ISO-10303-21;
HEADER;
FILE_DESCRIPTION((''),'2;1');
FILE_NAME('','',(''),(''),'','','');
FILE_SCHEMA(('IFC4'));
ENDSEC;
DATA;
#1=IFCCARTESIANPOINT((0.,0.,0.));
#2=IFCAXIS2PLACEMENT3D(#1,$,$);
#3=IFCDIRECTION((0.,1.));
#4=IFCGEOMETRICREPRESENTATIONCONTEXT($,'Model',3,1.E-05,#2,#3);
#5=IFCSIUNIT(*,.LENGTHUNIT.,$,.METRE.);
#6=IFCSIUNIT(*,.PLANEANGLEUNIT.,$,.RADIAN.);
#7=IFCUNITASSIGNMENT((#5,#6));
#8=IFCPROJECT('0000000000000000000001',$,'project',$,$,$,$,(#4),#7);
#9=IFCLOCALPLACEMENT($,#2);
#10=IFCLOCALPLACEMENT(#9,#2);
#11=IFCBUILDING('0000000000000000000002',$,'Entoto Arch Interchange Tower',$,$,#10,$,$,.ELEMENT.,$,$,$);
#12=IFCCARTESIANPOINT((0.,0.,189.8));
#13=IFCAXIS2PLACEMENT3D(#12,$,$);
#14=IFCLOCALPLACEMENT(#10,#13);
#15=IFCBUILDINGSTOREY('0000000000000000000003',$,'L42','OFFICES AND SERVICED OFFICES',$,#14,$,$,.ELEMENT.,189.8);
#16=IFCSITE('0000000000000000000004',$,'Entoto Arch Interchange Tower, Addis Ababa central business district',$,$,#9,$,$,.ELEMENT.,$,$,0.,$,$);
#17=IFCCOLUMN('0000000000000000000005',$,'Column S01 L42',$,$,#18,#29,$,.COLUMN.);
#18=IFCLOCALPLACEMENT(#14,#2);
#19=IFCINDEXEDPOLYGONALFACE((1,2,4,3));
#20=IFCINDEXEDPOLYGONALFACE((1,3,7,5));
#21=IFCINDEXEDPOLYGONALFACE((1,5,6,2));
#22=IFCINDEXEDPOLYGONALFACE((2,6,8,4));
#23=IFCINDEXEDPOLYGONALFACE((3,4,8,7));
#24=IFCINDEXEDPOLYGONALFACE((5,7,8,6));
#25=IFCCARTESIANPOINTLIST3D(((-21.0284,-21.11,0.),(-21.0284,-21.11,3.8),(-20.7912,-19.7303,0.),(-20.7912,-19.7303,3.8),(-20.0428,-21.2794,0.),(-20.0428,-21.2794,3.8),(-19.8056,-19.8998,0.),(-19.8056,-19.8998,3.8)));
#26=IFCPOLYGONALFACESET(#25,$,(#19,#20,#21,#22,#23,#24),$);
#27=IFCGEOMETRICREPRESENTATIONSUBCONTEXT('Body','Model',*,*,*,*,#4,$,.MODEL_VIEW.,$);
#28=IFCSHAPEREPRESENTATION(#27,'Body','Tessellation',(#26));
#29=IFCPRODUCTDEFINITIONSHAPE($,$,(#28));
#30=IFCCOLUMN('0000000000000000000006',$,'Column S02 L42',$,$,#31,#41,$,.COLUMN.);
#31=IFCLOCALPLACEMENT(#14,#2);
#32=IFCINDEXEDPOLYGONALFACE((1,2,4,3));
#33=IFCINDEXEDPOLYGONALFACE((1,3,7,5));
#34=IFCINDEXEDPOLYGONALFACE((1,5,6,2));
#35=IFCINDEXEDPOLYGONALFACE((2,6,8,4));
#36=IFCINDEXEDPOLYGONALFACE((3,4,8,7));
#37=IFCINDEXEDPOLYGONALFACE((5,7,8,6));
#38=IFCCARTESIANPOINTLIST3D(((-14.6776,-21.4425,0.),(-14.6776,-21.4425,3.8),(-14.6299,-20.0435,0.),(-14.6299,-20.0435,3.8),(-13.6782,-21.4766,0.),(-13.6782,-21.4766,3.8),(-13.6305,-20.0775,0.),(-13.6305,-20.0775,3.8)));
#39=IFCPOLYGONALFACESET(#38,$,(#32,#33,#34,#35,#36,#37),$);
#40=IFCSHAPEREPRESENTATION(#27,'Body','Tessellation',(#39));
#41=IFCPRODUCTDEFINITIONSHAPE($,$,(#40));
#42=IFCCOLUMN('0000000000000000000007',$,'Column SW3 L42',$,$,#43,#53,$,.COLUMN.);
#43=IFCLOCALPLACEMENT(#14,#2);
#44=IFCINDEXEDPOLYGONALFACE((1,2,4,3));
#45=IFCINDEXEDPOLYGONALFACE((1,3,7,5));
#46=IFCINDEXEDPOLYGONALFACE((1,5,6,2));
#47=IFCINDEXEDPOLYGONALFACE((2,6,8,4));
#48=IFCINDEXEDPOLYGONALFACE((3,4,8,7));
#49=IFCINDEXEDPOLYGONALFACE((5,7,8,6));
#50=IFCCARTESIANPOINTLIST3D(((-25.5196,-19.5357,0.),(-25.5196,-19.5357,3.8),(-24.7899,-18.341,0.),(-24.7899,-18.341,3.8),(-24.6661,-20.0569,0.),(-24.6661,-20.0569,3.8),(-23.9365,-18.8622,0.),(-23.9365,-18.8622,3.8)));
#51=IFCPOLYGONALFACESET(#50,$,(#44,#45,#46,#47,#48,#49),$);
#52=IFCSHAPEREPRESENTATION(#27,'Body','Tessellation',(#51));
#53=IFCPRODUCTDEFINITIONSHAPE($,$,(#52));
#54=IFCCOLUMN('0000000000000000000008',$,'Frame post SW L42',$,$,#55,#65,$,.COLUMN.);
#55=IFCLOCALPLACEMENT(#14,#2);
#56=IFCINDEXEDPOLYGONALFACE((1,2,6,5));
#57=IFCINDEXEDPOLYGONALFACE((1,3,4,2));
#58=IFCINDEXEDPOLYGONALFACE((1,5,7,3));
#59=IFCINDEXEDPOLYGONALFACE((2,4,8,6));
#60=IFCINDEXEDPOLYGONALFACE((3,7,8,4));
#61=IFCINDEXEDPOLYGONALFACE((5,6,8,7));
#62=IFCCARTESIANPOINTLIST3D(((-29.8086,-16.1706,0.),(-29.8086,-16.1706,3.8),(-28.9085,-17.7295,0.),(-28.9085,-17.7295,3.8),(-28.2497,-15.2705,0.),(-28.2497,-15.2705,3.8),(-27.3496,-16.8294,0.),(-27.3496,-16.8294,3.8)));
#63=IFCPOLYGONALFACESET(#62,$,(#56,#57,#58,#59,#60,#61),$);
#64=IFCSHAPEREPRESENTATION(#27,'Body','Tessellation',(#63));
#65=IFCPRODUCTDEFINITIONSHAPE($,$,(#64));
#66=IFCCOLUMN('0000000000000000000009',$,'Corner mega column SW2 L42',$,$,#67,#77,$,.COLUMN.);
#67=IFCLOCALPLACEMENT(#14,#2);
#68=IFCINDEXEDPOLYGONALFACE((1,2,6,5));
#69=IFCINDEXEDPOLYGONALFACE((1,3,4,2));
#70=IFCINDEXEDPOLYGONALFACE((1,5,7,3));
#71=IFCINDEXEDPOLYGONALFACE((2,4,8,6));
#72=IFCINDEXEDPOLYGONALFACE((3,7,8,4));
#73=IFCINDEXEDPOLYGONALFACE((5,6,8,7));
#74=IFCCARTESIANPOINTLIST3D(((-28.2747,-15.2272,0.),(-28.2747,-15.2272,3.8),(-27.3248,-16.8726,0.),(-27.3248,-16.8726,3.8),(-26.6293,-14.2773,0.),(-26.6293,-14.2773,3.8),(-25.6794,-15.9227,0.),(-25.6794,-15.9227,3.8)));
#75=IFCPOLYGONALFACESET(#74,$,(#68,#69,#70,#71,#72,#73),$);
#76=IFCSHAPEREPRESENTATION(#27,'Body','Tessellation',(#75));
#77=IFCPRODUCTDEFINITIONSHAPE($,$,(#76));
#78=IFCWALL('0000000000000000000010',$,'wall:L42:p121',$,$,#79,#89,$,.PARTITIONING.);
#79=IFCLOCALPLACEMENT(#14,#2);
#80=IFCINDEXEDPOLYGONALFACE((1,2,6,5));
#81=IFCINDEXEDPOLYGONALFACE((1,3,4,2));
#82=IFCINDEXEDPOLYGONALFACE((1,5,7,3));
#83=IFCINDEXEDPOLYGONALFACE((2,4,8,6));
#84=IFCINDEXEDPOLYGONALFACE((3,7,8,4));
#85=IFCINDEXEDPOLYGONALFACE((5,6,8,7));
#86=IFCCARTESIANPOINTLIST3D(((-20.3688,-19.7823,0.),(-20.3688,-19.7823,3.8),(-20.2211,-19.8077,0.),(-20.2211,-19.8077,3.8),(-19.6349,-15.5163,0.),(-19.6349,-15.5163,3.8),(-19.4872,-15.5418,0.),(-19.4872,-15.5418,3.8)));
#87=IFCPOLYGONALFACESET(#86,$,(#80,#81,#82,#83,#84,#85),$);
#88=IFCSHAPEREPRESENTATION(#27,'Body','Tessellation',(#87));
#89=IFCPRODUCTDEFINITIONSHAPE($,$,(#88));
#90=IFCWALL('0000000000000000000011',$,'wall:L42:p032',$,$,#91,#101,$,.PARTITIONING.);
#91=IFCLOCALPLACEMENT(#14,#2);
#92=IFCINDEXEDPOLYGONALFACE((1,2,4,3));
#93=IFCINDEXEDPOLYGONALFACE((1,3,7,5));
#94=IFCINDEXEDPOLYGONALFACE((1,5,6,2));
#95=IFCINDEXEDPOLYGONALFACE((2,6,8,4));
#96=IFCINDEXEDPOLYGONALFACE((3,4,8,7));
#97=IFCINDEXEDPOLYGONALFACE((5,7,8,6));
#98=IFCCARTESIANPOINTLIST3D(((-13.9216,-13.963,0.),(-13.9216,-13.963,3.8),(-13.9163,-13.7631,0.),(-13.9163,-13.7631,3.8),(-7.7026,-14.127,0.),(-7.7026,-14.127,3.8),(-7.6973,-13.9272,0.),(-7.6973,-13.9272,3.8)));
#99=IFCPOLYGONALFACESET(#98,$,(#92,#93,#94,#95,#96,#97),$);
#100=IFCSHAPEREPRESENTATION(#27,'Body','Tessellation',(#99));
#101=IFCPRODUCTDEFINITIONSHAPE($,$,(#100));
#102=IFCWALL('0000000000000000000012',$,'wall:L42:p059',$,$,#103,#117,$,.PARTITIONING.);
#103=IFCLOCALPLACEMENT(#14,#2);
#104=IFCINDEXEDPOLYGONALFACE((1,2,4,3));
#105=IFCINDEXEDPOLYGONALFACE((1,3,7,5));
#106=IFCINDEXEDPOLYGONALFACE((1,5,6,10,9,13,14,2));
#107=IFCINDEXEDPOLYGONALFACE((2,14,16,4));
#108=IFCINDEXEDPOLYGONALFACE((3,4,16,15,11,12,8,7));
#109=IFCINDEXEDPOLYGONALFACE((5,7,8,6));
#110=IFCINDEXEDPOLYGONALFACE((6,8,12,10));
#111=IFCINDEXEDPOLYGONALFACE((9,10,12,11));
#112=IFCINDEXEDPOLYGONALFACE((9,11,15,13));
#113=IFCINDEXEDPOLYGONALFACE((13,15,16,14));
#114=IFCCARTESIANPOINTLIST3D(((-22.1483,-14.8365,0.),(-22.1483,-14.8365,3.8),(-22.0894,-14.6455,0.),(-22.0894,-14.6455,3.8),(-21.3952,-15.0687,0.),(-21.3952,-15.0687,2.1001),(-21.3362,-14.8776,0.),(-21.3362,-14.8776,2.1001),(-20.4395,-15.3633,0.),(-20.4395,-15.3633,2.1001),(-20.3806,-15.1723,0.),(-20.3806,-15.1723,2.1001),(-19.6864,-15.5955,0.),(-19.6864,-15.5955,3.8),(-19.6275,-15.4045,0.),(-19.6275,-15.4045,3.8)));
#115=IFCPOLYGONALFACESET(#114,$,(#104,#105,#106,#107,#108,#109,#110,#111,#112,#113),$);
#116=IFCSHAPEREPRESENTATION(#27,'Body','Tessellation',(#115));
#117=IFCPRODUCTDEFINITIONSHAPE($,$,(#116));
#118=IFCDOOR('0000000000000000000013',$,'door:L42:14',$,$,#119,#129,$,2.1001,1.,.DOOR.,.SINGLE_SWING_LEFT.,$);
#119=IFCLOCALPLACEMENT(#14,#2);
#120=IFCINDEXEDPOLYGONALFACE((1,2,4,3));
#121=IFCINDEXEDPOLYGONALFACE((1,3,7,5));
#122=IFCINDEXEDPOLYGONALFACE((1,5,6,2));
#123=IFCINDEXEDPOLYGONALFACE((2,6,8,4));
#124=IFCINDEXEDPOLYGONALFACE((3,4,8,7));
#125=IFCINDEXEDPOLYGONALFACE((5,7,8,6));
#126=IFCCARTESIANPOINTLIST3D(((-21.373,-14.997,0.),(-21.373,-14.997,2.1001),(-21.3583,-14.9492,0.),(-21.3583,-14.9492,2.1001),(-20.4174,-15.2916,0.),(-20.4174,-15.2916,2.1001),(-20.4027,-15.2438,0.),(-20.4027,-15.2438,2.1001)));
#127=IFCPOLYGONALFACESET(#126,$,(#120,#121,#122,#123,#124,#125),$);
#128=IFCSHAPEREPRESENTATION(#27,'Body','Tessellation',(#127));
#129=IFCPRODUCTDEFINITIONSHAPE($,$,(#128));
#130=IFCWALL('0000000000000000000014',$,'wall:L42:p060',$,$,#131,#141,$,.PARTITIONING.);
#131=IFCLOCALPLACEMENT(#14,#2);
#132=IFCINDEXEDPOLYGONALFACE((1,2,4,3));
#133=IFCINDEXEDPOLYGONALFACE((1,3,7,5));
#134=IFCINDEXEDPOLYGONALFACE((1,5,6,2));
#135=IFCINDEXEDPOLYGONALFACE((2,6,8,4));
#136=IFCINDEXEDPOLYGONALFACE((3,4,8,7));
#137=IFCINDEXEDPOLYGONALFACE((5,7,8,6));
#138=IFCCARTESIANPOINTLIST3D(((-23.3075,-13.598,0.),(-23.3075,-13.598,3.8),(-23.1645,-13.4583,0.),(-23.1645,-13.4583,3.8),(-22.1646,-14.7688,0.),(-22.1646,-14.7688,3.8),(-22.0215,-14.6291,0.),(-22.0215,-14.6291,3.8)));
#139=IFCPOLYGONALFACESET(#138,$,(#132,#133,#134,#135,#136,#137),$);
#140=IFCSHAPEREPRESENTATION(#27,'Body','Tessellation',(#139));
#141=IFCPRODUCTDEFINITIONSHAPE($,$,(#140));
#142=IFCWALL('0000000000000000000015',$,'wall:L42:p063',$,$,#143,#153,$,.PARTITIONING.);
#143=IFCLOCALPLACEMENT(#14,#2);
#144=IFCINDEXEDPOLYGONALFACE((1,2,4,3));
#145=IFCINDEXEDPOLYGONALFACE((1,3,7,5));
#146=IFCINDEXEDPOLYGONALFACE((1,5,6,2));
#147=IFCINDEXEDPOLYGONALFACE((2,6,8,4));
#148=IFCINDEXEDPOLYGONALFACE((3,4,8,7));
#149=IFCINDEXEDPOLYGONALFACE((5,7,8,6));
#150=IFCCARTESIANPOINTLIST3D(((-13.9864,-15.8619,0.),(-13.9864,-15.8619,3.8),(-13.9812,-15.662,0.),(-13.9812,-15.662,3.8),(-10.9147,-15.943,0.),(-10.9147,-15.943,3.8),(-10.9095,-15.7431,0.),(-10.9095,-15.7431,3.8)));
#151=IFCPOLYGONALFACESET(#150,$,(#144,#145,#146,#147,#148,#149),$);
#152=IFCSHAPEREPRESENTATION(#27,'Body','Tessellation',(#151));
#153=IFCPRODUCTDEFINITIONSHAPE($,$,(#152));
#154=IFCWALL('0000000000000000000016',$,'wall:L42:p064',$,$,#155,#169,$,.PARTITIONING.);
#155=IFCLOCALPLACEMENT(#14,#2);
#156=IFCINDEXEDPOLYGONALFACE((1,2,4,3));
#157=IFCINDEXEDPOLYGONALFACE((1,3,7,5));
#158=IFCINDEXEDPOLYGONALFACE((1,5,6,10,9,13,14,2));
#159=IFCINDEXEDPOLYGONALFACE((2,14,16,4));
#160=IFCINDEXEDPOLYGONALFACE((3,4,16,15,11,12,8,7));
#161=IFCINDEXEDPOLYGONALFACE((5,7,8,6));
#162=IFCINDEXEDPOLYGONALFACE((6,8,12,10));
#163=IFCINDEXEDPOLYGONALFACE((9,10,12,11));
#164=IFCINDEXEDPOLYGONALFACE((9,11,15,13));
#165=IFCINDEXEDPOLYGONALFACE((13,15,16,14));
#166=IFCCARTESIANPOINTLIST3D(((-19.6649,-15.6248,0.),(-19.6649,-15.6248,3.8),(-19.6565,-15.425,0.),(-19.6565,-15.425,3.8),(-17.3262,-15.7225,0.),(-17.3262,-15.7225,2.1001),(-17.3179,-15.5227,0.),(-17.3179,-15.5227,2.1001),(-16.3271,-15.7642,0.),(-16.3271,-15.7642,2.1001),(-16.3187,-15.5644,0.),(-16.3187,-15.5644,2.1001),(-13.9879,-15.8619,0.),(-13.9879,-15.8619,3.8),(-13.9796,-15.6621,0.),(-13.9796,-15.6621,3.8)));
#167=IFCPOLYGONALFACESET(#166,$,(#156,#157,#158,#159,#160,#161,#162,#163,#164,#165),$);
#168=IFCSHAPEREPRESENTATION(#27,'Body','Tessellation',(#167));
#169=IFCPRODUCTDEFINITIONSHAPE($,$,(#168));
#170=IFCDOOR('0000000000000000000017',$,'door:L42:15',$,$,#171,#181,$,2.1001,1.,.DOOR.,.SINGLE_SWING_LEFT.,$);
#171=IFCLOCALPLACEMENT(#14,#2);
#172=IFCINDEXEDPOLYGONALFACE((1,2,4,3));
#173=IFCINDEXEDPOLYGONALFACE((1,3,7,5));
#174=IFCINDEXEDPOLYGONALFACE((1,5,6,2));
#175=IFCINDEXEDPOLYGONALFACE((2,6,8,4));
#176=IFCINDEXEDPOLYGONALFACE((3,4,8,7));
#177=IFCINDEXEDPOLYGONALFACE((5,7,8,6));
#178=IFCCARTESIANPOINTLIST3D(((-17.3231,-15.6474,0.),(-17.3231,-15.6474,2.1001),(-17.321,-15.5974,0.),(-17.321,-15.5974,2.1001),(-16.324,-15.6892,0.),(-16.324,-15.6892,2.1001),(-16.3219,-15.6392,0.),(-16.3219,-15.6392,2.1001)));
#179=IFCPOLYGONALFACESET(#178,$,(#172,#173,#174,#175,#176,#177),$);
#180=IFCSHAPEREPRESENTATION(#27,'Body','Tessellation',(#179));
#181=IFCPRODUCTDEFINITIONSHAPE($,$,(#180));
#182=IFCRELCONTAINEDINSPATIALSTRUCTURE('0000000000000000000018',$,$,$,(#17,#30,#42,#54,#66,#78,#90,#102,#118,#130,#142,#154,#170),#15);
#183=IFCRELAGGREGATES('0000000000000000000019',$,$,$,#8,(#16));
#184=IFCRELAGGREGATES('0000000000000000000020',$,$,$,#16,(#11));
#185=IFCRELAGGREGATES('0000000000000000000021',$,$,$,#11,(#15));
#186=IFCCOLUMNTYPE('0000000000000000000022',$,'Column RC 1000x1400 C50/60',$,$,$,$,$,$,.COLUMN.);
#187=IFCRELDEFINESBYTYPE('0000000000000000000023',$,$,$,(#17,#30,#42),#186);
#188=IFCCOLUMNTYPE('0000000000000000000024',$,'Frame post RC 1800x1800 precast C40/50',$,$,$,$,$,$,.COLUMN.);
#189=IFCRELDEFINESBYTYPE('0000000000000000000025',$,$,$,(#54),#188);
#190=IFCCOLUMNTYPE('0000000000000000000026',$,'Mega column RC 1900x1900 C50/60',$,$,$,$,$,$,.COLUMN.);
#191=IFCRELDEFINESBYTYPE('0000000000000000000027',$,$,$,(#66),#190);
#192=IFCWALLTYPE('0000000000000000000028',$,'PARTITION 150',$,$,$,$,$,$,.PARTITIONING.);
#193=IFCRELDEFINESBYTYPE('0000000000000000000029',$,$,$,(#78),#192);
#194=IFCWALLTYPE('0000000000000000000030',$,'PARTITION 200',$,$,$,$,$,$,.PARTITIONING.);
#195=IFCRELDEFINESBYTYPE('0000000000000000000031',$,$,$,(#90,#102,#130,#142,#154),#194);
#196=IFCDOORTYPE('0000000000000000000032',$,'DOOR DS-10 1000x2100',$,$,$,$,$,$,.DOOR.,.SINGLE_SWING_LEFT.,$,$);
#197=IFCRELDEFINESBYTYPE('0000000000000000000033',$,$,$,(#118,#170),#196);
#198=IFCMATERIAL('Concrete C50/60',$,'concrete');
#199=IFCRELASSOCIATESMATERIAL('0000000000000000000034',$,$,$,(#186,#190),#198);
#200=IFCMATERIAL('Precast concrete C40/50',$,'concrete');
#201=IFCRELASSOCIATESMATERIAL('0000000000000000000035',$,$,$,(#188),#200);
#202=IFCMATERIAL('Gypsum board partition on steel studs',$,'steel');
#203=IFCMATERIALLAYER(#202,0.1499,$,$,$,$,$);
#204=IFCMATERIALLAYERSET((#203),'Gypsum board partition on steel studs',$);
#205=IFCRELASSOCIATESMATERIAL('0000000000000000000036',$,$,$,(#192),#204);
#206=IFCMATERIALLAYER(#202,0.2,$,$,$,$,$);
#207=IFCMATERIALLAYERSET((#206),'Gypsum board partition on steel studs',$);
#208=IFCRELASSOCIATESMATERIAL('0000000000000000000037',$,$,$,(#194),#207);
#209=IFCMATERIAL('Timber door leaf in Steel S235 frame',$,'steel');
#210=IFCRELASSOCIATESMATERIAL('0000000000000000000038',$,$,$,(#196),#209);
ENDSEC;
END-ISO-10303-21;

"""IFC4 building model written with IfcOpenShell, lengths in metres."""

from ifc_helpers import new_model, si_unit, direction, frame, frame_2d, origin, origin_2d, place, context, subcontext, project, spatial, rectangle, extrude, material, layer, layer_set, material_profile, profile_set, type_object, element, fill, save


model = new_model("IFC4")

# Units and contexts
model_context = context("Model", 3, precision=1e-05, world=origin(), true_north=direction((0.0, 1.0)))
body_context = subcontext(model_context, "Body", "Model", "MODEL_VIEW")
ifc_project = project(units=[si_unit("LENGTHUNIT", "METRE"), si_unit("PLANEANGLEUNIT", "RADIAN")], contexts=[model_context])

# Site, building, storey
site_placement = place(None, origin())
site = spatial("IfcSite", under=ifc_project, at=site_placement, Name="Entoto Arch Interchange Tower, Addis Ababa central business district", CompositionType="ELEMENT", RefElevation=0.0)
building_placement = place(site_placement, origin())
building = spatial("IfcBuilding", under=site, at=building_placement, Name="Entoto Arch Interchange Tower", CompositionType="ELEMENT")
storey_placement = place(building_placement, frame((0.0, 0.0, 189.8)))
storey = spatial("IfcBuildingStorey", under=building, at=storey_placement, Name="L42", Description="OFFICES AND SERVICED OFFICES", CompositionType="ELEMENT", Elevation=189.8)

# Columns
ifc_material_1 = material(Name="Concrete C50/60", Category="concrete")
ifc_material_profile_1 = material_profile(ifc_material_1, rectangle(XDim=1.0, YDim=1.3999, at=origin_2d()))
ifc_profile_set_1 = profile_set([ifc_material_profile_1], Name="Concrete C50/60")
column_type_1 = type_object("IfcColumnType", Name="Column RC 1000x1400 C50/60", PredefinedType="COLUMN", material=ifc_profile_set_1)
for number, where, z_axis, x_axis, name in (
    (1, (-20.417, -20.5049, 0.0), (0.0, 0.0, 1.0), (-0.985541, 0.169436, 0.0), "Column S01 L42"),
    (2, (-14.1541, -20.76, 0.0), (0.0, 0.0, 1.0), (-0.999421, 0.034027, 0.0), "Column S02 L42"),
    (3, (-24.728, -19.199, 0.0), (0.0, 0.0, 1.0), (-0.853423, 0.521218, 0.0), "Column SW3 L42"),
):
    element("IfcColumn", number, at=place(storey_placement, frame(where, z_axis=z_axis, x_axis=x_axis)), inside=storey, type_object=column_type_1, Name=name, PredefinedType="COLUMN", context=body_context, shape_type="SweptSolid", body=[
        extrude(rectangle(XDim=1.0, YDim=1.3999, at=origin_2d()), origin(), (0.0, 0.0, 1.0), 3.8),
    ])
ifc_material_2 = material(Name="Precast concrete C40/50", Category="concrete")
ifc_material_profile_2 = material_profile(ifc_material_2, rectangle(XDim=1.8, YDim=1.8, at=origin_2d()))
ifc_profile_set_2 = profile_set([ifc_material_profile_2], Name="Precast concrete C40/50")
column_type_2 = type_object("IfcColumnType", Name="Frame post RC 1800x1800 precast C40/50", PredefinedType="COLUMN", material=ifc_profile_set_2)
column_1_placement = place(storey_placement, frame((-28.5791, -16.5, 0.0), z_axis=(0.0, 0.0, 1.0), x_axis=(0.866025, 0.5, 0.0)))
element("IfcColumn", 4, at=column_1_placement, inside=storey, type_object=column_type_2, Name="Frame post SW L42", PredefinedType="COLUMN", context=body_context, shape_type="SweptSolid", body=[
    extrude(rectangle(XDim=1.8, YDim=1.8, at=origin_2d()), origin(), (0.0, 0.0, 1.0), 3.8),
])
ifc_material_profile_3 = material_profile(ifc_material_1, rectangle(XDim=1.8999, YDim=1.8999, at=origin_2d()))
ifc_profile_set_3 = profile_set([ifc_material_profile_3], Name="Concrete C50/60")
column_type_3 = type_object("IfcColumnType", Name="Mega column RC 1900x1900 C50/60", PredefinedType="COLUMN", material=ifc_profile_set_3)
column_2_placement = place(storey_placement, frame((-26.9771, -15.575, 0.0), z_axis=(0.0, 0.0, 1.0), x_axis=(0.866025, 0.5, 0.0)))
element("IfcColumn", 5, at=column_2_placement, inside=storey, type_object=column_type_3, Name="Corner mega column SW2 L42", PredefinedType="COLUMN", context=body_context, shape_type="SweptSolid", body=[
    extrude(rectangle(XDim=1.8999, YDim=1.8999, at=origin_2d()), origin(), (0.0, 0.0, 1.0), 3.8),
])

# Walls
ifc_material_3 = material(Name="Gypsum board partition on steel studs", Category="steel")
ifc_layer_1 = layer(ifc_material_3, 0.1499)
ifc_layer_set_1 = layer_set([ifc_layer_1], Name="Gypsum board partition on steel studs")
wall_type_1 = type_object("IfcWallType", Name="PARTITION 150", PredefinedType="PARTITIONING", material=ifc_layer_set_1)
wall_1_placement = place(storey_placement, frame((-19.561, -15.5291, 0.0), z_axis=(0.0, 0.0, 1.0), x_axis=(-0.169546, -0.985522, 0.0)))
element("IfcWall", 6, at=wall_1_placement, inside=storey, type_object=wall_type_1, Name="wall:L42:p121", PredefinedType="PARTITIONING", context=body_context, shape_type="SweptSolid", body=[
    extrude(rectangle(XDim=4.3286, YDim=0.1499, at=frame_2d((2.1643, 0.0))), origin(), (0.0, 0.0, 1.0), 3.8),
])
ifc_layer_2 = layer(ifc_material_3, 0.2)
ifc_layer_set_2 = layer_set([ifc_layer_2], Name="Gypsum board partition on steel studs")
wall_type_2 = type_object("IfcWallType", Name="PARTITION 200", PredefinedType="PARTITIONING", material=ifc_layer_set_2)
wall_2_placement = place(storey_placement, frame((-13.9189, -13.863, 0.0), z_axis=(0.0, 0.0, 1.0), x_axis=(0.999652, -0.026372, 0.0)))
element("IfcWall", 7, at=wall_2_placement, inside=storey, type_object=wall_type_2, Name="wall:L42:p032", PredefinedType="PARTITIONING", context=body_context, shape_type="SweptSolid", body=[
    extrude(rectangle(XDim=6.2212, YDim=0.2, at=frame_2d((3.1106, 0.0))), origin(), (0.0, 0.0, 1.0), 3.8),
])

# Wall, opening, door
wall_3_placement = place(storey_placement, frame((-19.657, -15.5, 0.0), z_axis=(0.0, 0.0, 1.0), x_axis=(-0.955613, 0.294625, 0.0)))
wall_3 = element("IfcWall", 8, at=wall_3_placement, inside=storey, type_object=wall_type_2, Name="wall:L42:p059", PredefinedType="PARTITIONING", context=body_context, shape_type="SweptSolid", body=[
    extrude(rectangle(XDim=2.5762, YDim=0.2, at=frame_2d((1.2881, 0.0))), origin(), (0.0, 0.0, 1.0), 3.8),
])
opening_1_placement = place(wall_3_placement, frame((0.7881, 0.0, 0.0)))
opening_1 = element("IfcOpeningElement", 9, at=opening_1_placement, cuts=wall_3, PredefinedType="OPENING", context=body_context, shape_type="SweptSolid", body=[
    extrude(rectangle(XDim=1.0, YDim=2.1001, at=frame_2d((0.5, 1.05))), frame((0.0, 0.1099, 0.0), z_axis=(0.0, -1.0, 0.0), x_axis=(1.0, 0.0, 0.0)), (0.0, 0.0, 1.0), 0.22),
])
ifc_material_4 = material(Name="Timber door leaf in Steel S235 frame", Category="steel")
door_type_1 = type_object("IfcDoorType", Name="DOOR DS-10 1000x2100", OperationType="SINGLE_SWING_LEFT", PredefinedType="DOOR", material=ifc_material_4)
door_1_placement = place(opening_1_placement, origin())
door_1 = element("IfcDoor", 10, at=door_1_placement, inside=storey, type_object=door_type_1, Name="door:L42:14", OperationType="SINGLE_SWING_LEFT", OverallHeight=2.1001, OverallWidth=1.0, PredefinedType="DOOR", context=body_context, shape_type="SweptSolid", body=[
    extrude(rectangle(XDim=1.0, YDim=2.1001, at=frame_2d((0.5, 1.05))), frame((0.0, 0.0249, 0.0), z_axis=(0.0, -1.0, 0.0), x_axis=(1.0, 0.0, 0.0)), (0.0, 0.0, 1.0), 0.05),
])
fill(opening_1, door_1)

# Walls
wall_4_placement = place(storey_placement, frame((-22.093, -14.699, 0.0), z_axis=(0.0, 0.0, 1.0), x_axis=(-0.698551, 0.71556, 0.0)))
element("IfcWall", 11, at=wall_4_placement, inside=storey, type_object=wall_type_2, Name="wall:L42:p060", PredefinedType="PARTITIONING", context=body_context, shape_type="SweptSolid", body=[
    extrude(rectangle(XDim=1.6362, YDim=0.2, at=frame_2d((0.8181, 0.0))), origin(), (0.0, 0.0, 1.0), 3.8),
])
wall_5_placement = place(storey_placement, frame((-10.9121, -15.843, 0.0), z_axis=(0.0, 0.0, 1.0), x_axis=(-0.999652, 0.026378, 0.0)))
element("IfcWall", 12, at=wall_5_placement, inside=storey, type_object=wall_type_2, Name="wall:L42:p063", PredefinedType="PARTITIONING", context=body_context, shape_type="SweptSolid", body=[
    extrude(rectangle(XDim=3.0728, YDim=0.2, at=frame_2d((1.5364, 0.0))), origin(), (0.0, 0.0, 1.0), 3.8),
])

# Wall, opening, door
wall_6_placement = place(storey_placement, frame((-13.9839, -15.762, 0.0), z_axis=(0.0, 0.0, 1.0), x_axis=(-0.999129, 0.041722, 0.0)))
wall_6 = element("IfcWall", 13, at=wall_6_placement, inside=storey, type_object=wall_type_2, Name="wall:L42:p064", PredefinedType="PARTITIONING", context=body_context, shape_type="SweptSolid", body=[
    extrude(rectangle(XDim=5.6819, YDim=0.2, at=frame_2d((2.8408, 0.0))), origin(), (0.0, 0.0, 1.0), 3.8),
])
opening_2_placement = place(wall_6_placement, frame((2.3411, 0.0, 0.0)))
opening_2 = element("IfcOpeningElement", 14, at=opening_2_placement, cuts=wall_6, PredefinedType="OPENING", context=body_context, shape_type="SweptSolid", body=[
    extrude(rectangle(XDim=1.0, YDim=2.1001, at=frame_2d((0.5, 1.05))), frame((0.0, 0.1099, 0.0), z_axis=(0.0, -1.0, 0.0), x_axis=(1.0, 0.0, 0.0)), (0.0, 0.0, 1.0), 0.22),
])
door_2_placement = place(opening_2_placement, origin())
door_2 = element("IfcDoor", 15, at=door_2_placement, inside=storey, type_object=door_type_1, Name="door:L42:15", OperationType="SINGLE_SWING_LEFT", OverallHeight=2.1001, OverallWidth=1.0, PredefinedType="DOOR", context=body_context, shape_type="SweptSolid", body=[
    extrude(rectangle(XDim=1.0, YDim=2.1001, at=frame_2d((0.5, 1.05))), frame((0.0, 0.0249, 0.0), z_axis=(0.0, -1.0, 0.0), x_axis=(1.0, 0.0, 0.0)), (0.0, 0.0, 1.0), 0.05),
])
fill(opening_2, door_2)

save(model, "model.ifc")
